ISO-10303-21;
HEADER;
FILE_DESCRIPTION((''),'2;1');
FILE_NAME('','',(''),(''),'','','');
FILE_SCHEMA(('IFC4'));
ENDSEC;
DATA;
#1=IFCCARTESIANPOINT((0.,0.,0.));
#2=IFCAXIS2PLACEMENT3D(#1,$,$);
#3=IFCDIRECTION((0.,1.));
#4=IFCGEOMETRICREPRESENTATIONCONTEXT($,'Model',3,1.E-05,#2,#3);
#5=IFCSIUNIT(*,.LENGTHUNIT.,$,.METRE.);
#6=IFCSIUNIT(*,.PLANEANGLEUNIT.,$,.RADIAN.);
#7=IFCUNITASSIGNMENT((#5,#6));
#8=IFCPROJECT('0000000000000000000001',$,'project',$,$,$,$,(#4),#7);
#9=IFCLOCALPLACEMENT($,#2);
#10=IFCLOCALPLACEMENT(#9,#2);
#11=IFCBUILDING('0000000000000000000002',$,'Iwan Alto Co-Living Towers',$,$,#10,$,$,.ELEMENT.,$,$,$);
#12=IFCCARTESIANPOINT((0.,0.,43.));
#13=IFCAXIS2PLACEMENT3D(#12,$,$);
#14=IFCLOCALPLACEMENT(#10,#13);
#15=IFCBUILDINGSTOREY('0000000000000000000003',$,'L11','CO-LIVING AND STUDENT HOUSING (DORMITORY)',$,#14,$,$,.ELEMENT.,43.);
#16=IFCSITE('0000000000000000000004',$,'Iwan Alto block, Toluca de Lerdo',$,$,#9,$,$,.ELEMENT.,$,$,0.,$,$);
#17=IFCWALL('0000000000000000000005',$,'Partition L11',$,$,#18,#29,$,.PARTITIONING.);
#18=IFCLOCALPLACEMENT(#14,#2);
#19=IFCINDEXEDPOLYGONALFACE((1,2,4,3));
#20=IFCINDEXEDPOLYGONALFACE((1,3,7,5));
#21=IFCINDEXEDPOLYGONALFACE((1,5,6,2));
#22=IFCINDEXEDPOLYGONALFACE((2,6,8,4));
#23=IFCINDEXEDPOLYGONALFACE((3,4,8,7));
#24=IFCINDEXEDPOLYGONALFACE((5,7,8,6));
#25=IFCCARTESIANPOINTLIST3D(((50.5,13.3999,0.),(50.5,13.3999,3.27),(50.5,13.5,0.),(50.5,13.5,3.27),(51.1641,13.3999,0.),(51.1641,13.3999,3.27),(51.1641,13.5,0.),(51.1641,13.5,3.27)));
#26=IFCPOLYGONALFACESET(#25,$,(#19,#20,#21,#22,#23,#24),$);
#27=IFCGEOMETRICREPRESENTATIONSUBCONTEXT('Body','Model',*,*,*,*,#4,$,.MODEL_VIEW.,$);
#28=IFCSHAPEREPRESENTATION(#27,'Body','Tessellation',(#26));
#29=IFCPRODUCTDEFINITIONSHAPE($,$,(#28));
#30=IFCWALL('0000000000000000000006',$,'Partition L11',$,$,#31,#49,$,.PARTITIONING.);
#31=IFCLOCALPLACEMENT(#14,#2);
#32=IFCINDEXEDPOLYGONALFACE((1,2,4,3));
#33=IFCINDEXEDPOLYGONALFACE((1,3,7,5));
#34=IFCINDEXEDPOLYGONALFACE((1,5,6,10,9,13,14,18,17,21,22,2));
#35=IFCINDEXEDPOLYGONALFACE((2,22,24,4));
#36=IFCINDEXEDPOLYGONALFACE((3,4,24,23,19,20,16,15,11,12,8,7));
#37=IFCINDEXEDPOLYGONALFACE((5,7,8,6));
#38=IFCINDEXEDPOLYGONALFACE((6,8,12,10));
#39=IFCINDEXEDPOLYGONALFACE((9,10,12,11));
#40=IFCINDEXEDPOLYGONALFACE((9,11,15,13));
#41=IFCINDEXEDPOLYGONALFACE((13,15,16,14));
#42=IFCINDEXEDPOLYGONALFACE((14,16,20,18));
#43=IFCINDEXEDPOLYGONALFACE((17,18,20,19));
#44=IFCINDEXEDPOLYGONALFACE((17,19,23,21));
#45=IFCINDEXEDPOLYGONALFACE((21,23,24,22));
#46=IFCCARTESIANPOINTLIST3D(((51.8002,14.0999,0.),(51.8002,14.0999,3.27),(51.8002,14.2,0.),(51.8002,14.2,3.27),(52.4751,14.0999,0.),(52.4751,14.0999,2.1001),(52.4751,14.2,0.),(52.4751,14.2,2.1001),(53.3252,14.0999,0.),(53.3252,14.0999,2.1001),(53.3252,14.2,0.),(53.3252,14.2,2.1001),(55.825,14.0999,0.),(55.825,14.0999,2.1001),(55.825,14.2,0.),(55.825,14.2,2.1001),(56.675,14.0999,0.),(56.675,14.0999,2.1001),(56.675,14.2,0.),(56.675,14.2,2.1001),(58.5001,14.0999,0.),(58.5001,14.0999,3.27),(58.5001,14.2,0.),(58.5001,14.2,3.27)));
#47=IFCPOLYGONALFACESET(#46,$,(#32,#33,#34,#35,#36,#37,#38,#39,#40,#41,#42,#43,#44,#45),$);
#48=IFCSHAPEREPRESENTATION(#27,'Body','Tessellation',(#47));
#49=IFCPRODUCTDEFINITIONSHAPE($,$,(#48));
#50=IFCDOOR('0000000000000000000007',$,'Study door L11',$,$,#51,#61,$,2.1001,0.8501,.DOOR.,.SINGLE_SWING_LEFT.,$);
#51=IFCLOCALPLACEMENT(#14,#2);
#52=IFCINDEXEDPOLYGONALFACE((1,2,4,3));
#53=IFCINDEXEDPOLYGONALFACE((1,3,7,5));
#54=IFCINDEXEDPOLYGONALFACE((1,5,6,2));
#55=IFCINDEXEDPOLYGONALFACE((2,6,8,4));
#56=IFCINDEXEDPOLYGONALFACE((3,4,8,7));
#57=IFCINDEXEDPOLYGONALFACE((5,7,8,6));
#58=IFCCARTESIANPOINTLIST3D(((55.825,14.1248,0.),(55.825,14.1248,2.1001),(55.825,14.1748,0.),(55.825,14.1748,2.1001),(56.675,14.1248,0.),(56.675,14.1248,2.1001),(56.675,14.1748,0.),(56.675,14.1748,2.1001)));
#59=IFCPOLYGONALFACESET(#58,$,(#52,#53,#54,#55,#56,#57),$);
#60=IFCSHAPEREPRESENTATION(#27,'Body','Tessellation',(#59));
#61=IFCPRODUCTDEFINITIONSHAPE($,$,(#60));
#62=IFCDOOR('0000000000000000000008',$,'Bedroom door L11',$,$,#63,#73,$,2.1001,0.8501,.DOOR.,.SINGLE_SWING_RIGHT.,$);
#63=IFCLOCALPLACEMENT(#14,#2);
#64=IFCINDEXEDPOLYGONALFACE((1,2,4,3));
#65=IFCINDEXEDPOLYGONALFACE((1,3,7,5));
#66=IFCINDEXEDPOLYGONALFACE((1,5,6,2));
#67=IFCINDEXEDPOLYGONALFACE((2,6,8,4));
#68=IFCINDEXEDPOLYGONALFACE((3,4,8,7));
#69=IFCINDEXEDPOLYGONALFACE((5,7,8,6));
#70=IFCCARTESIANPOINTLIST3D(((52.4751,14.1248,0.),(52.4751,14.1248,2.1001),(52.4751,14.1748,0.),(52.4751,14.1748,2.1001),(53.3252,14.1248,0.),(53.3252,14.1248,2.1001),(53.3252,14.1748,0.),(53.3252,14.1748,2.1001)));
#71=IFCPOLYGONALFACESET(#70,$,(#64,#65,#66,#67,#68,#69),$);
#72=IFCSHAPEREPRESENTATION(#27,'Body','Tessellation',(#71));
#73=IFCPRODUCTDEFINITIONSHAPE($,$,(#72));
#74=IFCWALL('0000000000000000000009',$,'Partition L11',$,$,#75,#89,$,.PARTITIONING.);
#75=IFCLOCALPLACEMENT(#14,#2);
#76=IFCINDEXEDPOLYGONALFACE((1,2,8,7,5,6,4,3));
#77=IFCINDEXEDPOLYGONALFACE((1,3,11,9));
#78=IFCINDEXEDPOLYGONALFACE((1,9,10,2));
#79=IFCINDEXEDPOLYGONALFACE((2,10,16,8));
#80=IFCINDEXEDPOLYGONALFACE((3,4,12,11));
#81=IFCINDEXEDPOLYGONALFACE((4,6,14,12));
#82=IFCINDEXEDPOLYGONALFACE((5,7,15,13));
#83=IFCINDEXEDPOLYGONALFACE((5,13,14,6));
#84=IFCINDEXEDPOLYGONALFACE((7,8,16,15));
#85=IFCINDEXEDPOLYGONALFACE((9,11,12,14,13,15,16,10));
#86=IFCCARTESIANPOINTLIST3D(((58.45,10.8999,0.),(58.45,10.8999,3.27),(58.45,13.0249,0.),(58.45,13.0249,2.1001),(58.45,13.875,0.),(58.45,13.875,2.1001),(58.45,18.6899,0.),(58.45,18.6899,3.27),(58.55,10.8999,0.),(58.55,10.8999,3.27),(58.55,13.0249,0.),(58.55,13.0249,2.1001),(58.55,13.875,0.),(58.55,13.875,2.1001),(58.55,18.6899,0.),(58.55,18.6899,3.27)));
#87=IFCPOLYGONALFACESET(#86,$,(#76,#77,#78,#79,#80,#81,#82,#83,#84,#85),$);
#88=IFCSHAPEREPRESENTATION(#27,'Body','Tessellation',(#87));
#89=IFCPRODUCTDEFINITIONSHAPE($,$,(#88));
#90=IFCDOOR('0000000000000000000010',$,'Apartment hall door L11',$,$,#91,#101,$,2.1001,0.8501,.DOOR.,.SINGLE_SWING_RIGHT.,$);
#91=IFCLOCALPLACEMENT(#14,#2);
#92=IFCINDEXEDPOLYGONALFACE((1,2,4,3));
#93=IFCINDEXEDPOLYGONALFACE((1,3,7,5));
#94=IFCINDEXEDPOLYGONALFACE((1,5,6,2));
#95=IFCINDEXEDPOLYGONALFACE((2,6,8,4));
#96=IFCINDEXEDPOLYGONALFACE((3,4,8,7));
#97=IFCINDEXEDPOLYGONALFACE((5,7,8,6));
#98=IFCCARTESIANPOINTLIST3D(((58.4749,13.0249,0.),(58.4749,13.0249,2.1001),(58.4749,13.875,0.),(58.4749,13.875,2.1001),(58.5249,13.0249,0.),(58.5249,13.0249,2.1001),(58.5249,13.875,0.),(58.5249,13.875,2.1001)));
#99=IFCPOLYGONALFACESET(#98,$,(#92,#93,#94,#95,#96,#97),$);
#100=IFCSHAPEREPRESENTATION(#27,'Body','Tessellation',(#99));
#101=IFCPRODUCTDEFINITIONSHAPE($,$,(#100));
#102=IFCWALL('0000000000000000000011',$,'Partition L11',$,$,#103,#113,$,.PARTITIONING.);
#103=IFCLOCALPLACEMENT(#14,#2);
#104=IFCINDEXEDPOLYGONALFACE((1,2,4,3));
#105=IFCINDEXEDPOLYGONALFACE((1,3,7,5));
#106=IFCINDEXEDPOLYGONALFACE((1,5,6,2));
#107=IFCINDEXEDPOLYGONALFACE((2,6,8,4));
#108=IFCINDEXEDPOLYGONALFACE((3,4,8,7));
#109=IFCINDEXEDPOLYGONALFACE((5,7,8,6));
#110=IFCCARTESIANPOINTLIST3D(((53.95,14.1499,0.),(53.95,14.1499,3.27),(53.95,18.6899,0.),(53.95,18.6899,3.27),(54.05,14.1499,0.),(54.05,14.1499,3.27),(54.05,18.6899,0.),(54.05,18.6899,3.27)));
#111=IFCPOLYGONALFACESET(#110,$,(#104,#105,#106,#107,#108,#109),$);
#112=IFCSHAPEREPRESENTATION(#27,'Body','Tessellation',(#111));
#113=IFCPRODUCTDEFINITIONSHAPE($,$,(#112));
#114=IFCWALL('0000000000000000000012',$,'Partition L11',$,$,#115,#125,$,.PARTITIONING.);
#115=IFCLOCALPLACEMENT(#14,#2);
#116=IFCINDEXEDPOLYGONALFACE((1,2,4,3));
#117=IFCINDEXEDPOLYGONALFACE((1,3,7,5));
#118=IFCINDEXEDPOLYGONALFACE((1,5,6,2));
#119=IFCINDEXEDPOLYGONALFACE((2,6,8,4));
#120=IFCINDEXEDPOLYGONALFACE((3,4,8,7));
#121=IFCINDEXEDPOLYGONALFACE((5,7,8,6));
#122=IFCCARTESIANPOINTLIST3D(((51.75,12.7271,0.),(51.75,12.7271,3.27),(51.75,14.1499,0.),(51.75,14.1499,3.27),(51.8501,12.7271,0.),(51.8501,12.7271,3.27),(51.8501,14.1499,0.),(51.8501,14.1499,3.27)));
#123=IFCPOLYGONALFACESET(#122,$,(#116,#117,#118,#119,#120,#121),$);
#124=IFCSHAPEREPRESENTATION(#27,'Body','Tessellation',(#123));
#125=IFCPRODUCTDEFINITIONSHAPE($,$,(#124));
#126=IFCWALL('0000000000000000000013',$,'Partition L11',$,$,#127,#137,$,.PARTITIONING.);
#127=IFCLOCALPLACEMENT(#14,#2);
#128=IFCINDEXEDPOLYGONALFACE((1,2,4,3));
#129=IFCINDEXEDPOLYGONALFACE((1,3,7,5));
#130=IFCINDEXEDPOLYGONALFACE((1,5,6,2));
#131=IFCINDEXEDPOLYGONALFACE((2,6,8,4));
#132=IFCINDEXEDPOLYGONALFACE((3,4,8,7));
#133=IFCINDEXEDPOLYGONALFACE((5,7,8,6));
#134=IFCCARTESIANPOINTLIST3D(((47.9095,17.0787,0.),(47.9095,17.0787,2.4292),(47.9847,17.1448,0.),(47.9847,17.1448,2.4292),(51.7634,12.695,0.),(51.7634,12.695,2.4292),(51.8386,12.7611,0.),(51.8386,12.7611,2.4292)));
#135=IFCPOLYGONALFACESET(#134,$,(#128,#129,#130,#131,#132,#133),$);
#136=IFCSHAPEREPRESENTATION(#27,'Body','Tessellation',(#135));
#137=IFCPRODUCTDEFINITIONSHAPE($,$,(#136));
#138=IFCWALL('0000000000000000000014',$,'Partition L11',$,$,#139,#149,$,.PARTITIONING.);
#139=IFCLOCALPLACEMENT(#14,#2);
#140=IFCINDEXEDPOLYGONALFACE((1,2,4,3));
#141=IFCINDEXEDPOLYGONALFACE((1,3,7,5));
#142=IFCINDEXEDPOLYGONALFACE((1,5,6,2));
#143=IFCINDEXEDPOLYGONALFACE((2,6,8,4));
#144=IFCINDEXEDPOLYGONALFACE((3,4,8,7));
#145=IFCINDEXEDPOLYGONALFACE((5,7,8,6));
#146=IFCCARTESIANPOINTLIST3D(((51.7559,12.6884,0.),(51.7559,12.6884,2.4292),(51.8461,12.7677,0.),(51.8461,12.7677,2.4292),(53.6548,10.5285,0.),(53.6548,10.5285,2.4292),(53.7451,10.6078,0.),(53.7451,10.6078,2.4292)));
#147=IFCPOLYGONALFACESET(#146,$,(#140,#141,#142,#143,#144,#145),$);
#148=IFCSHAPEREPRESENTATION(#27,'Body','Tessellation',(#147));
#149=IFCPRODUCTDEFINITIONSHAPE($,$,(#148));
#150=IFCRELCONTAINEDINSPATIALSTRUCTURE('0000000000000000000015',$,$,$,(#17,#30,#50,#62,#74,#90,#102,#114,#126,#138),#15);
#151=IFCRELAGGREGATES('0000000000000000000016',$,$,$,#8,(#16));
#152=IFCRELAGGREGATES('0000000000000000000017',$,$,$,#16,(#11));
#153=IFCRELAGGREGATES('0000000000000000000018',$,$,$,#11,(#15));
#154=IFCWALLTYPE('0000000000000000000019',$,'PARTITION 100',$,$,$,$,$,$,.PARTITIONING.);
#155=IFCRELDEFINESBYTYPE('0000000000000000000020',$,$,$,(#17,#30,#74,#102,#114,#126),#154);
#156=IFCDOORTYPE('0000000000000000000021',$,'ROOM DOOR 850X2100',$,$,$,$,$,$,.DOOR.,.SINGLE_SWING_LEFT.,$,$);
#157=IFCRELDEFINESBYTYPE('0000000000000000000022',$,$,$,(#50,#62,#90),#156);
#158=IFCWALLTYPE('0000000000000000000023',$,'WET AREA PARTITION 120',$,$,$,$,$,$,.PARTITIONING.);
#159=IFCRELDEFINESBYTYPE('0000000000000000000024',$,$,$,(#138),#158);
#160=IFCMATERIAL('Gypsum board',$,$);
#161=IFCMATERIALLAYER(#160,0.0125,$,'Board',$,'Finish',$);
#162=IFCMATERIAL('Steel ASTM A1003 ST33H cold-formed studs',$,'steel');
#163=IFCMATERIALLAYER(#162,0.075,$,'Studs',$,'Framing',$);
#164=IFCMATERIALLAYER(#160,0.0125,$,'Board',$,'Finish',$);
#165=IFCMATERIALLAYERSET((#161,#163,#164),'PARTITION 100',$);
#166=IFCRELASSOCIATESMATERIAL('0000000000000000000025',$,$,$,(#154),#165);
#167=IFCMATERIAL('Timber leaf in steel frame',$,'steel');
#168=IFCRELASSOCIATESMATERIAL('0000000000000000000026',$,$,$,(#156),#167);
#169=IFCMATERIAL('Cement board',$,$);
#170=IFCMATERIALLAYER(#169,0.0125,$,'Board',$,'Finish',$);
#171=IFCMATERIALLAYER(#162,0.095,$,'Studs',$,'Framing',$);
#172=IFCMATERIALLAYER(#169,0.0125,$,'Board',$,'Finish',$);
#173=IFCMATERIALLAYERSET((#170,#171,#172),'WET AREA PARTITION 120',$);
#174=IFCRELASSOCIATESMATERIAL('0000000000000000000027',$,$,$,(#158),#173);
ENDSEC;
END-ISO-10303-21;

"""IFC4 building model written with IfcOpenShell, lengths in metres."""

from ifc_helpers import new_model, si_unit, direction, frame, frame_2d, origin, place, context, subcontext, project, spatial, rectangle, extrude, material, layer, layer_set, type_object, element, fill, save


model = new_model("IFC4")

# Units and contexts
model_context = context("Model", 3, precision=1e-05, world=origin(), true_north=direction((0.0, 1.0)))
body_context = subcontext(model_context, "Body", "Model", "MODEL_VIEW")
ifc_project = project(units=[si_unit("LENGTHUNIT", "METRE"), si_unit("PLANEANGLEUNIT", "RADIAN")], contexts=[model_context])

# Site, building, storey
site_placement = place(None, origin())
site = spatial("IfcSite", under=ifc_project, at=site_placement, Name="Iwan Alto block, Toluca de Lerdo", CompositionType="ELEMENT", RefElevation=0.0)
building_placement = place(site_placement, origin())
building = spatial("IfcBuilding", under=site, at=building_placement, Name="Iwan Alto Co-Living Towers", CompositionType="ELEMENT")
storey_placement = place(building_placement, frame((0.0, 0.0, 43.0)))
storey = spatial("IfcBuildingStorey", under=building, at=storey_placement, Name="L11", Description="CO-LIVING AND STUDENT HOUSING (DORMITORY)", CompositionType="ELEMENT", Elevation=43.0)

# Shared definitions
ifc_material_1 = material(Name="Gypsum board")
ifc_material_2 = material(Name="Steel ASTM A1003 ST33H cold-formed studs", Category="steel")

# Shared definitions
ifc_layer_1 = layer(ifc_material_1, 0.0125, Name="Board", Category="Finish")
ifc_layer_2 = layer(ifc_material_2, 0.075, Name="Studs", Category="Framing")
ifc_layer_3 = layer(ifc_material_1, 0.0125, Name="Board", Category="Finish")
ifc_layer_set_1 = layer_set([ifc_layer_1, ifc_layer_2, ifc_layer_3], Name="PARTITION 100")
wall_type_1 = type_object("IfcWallType", Name="PARTITION 100", PredefinedType="PARTITIONING", material=ifc_layer_set_1)
ifc_material_3 = material(Name="Timber leaf in steel frame", Category="steel")
door_type_1 = type_object("IfcDoorType", Name="ROOM DOOR 850X2100", OperationType="SINGLE_SWING_LEFT", PredefinedType="DOOR", material=ifc_material_3)

# Wall
wall_1_placement = place(storey_placement, frame((50.5, 13.45, 0.0), z_axis=(0.0, 0.0, 1.0), x_axis=(1.0, 0.0, 0.0)))
element("IfcWall", 1, at=wall_1_placement, inside=storey, type_object=wall_type_1, Name="Partition L11", PredefinedType="PARTITIONING", context=body_context, shape_type="SweptSolid", body=[
    extrude(rectangle(XDim=0.6641, YDim=0.1001, at=frame_2d((0.332, 0.0))), origin(), (0.0, 0.0, 1.0), 3.27),
])

# Wall, openings, doors
wall_2_placement = place(storey_placement, frame((51.8, 14.1499, 0.0), z_axis=(0.0, 0.0, 1.0), x_axis=(1.0, 0.0, 0.0)))
wall_2 = element("IfcWall", 2, at=wall_2_placement, inside=storey, type_object=wall_type_1, Name="Partition L11", PredefinedType="PARTITIONING", context=body_context, shape_type="SweptSolid", body=[
    extrude(rectangle(XDim=6.7, YDim=0.1001, at=frame_2d((3.3501, 0.0))), origin(), (0.0, 0.0, 1.0), 3.27),
])
opening_1_placement = place(wall_2_placement, frame((4.0249, 0.0, 0.0)))
opening_1 = element("IfcOpeningElement", 3, at=opening_1_placement, cuts=wall_2, PredefinedType="OPENING", context=body_context, shape_type="SweptSolid", body=[
    extrude(rectangle(XDim=0.8501, YDim=2.1001, at=frame_2d((0.425, 1.05))), frame((0.0, 0.0601, 0.0), z_axis=(0.0, -1.0, 0.0), x_axis=(1.0, 0.0, 0.0)), (0.0, 0.0, 1.0), 0.1201),
])
opening_2_placement = place(wall_2_placement, frame((0.675, 0.0, 0.0)))
opening_2 = element("IfcOpeningElement", 4, at=opening_2_placement, cuts=wall_2, PredefinedType="OPENING", context=body_context, shape_type="SweptSolid", body=[
    extrude(rectangle(XDim=0.8501, YDim=2.1001, at=frame_2d((0.425, 1.05))), frame((0.0, 0.0601, 0.0), z_axis=(0.0, -1.0, 0.0), x_axis=(1.0, 0.0, 0.0)), (0.0, 0.0, 1.0), 0.1201),
])
door_1_placement = place(opening_1_placement, origin())
door_1 = element("IfcDoor", 5, at=door_1_placement, inside=storey, type_object=door_type_1, Name="Study door L11", OperationType="SINGLE_SWING_LEFT", OverallHeight=2.1001, OverallWidth=0.8501, PredefinedType="DOOR", context=body_context, shape_type="SweptSolid", body=[
    extrude(rectangle(XDim=0.8501, YDim=2.1001, at=frame_2d((0.425, 1.05))), frame((0.0, 0.0249, 0.0), z_axis=(0.0, -1.0, 0.0), x_axis=(1.0, 0.0, 0.0)), (0.0, 0.0, 1.0), 0.05),
])
fill(opening_1, door_1)
door_2_placement = place(opening_2_placement, origin())
door_2 = element("IfcDoor", 6, at=door_2_placement, inside=storey, type_object=door_type_1, Name="Bedroom door L11", OperationType="SINGLE_SWING_RIGHT", OverallHeight=2.1001, OverallWidth=0.8501, PredefinedType="DOOR", context=body_context, shape_type="SweptSolid", body=[
    extrude(rectangle(XDim=0.8501, YDim=2.1001, at=frame_2d((0.425, 1.05))), frame((0.0, 0.0249, 0.0), z_axis=(0.0, -1.0, 0.0), x_axis=(1.0, 0.0, 0.0)), (0.0, 0.0, 1.0), 0.05),
])
fill(opening_2, door_2)

# Wall, opening, door
wall_3_placement = place(storey_placement, frame((58.5, 10.8999, 0.0), z_axis=(0.0, 0.0, 1.0), x_axis=(0.0, 1.0, 0.0)))
wall_3 = element("IfcWall", 7, at=wall_3_placement, inside=storey, type_object=wall_type_1, Name="Partition L11", PredefinedType="PARTITIONING", context=body_context, shape_type="SweptSolid", body=[
    extrude(rectangle(XDim=7.79, YDim=0.1001, at=frame_2d((3.895, 0.0))), origin(), (0.0, 0.0, 1.0), 3.27),
])
opening_3_placement = place(wall_3_placement, frame((2.125, 0.0, 0.0)))
opening_3 = element("IfcOpeningElement", 8, at=opening_3_placement, cuts=wall_3, PredefinedType="OPENING", context=body_context, shape_type="SweptSolid", body=[
    extrude(rectangle(XDim=0.8501, YDim=2.1001, at=frame_2d((0.425, 1.05))), frame((0.0, 0.0601, 0.0), z_axis=(0.0, -1.0, 0.0), x_axis=(1.0, 0.0, 0.0)), (0.0, 0.0, 1.0), 0.1201),
])
door_3_placement = place(opening_3_placement, frame((0.8501, 0.0, 0.0), z_axis=(0.0, 0.0, 1.0), x_axis=(-1.0, 0.0, 0.0)))
door_3 = element("IfcDoor", 9, at=door_3_placement, inside=storey, type_object=door_type_1, Name="Apartment hall door L11", OperationType="SINGLE_SWING_RIGHT", OverallHeight=2.1001, OverallWidth=0.8501, PredefinedType="DOOR", context=body_context, shape_type="SweptSolid", body=[
    extrude(rectangle(XDim=0.8501, YDim=2.1001, at=frame_2d((0.425, 1.05))), frame((0.0, 0.0249, 0.0), z_axis=(0.0, -1.0, 0.0), x_axis=(1.0, 0.0, 0.0)), (0.0, 0.0, 1.0), 0.05),
])
fill(opening_3, door_3)

# Walls
wall_4_placement = place(storey_placement, frame((54.0, 14.1499, 0.0), z_axis=(0.0, 0.0, 1.0), x_axis=(0.0, 1.0, 0.0)))
element("IfcWall", 10, at=wall_4_placement, inside=storey, type_object=wall_type_1, Name="Partition L11", PredefinedType="PARTITIONING", context=body_context, shape_type="SweptSolid", body=[
    extrude(rectangle(XDim=4.54, YDim=0.1001, at=frame_2d((2.27, 0.0))), origin(), (0.0, 0.0, 1.0), 3.27),
])
wall_5_placement = place(storey_placement, frame((51.8, 12.7271, 0.0), z_axis=(0.0, 0.0, 1.0), x_axis=(0.0, 1.0, 0.0)))
element("IfcWall", 11, at=wall_5_placement, inside=storey, type_object=wall_type_1, Name="Partition L11", PredefinedType="PARTITIONING", context=body_context, shape_type="SweptSolid", body=[
    extrude(rectangle(XDim=1.4229, YDim=0.1001, at=frame_2d((0.7114, 0.0))), origin(), (0.0, 0.0, 1.0), 3.27),
])
wall_6_placement = place(storey_placement, frame((51.801, 12.728, 0.0), z_axis=(0.0, 0.0, 1.0), x_axis=(-0.660268, 0.75103, 0.0)))
element("IfcWall", 12, at=wall_6_placement, inside=storey, type_object=wall_type_1, Name="Partition L11", PredefinedType="PARTITIONING", context=body_context, shape_type="SweptSolid", body=[
    extrude(rectangle(XDim=5.8369, YDim=0.1001, at=frame_2d((2.9185, 0.0))), origin(), (0.0, 0.0, 1.0), 2.4292),
])
ifc_material_4 = material(Name="Cement board")
ifc_layer_4 = layer(ifc_material_4, 0.0125, Name="Board", Category="Finish")
ifc_layer_5 = layer(ifc_material_2, 0.095, Name="Studs", Category="Framing")
ifc_layer_6 = layer(ifc_material_4, 0.0125, Name="Board", Category="Finish")
ifc_layer_set_2 = layer_set([ifc_layer_4, ifc_layer_5, ifc_layer_6], Name="WET AREA PARTITION 120")
wall_type_2 = type_object("IfcWallType", Name="WET AREA PARTITION 120", PredefinedType="PARTITIONING", material=ifc_layer_set_2)
wall_7_placement = place(storey_placement, frame((53.7, 10.5681, 0.0), z_axis=(0.0, 0.0, 1.0), x_axis=(-0.660276, 0.751023, 0.0)))
element("IfcWall", 13, at=wall_7_placement, inside=storey, type_object=wall_type_2, Name="Partition L11", PredefinedType="PARTITIONING", context=body_context, shape_type="SweptSolid", body=[
    extrude(rectangle(XDim=2.876, YDim=0.1201, at=frame_2d((1.438, 0.0))), origin(), (0.0, 0.0, 1.0), 2.4292),
])

save(model, "model.ifc")
